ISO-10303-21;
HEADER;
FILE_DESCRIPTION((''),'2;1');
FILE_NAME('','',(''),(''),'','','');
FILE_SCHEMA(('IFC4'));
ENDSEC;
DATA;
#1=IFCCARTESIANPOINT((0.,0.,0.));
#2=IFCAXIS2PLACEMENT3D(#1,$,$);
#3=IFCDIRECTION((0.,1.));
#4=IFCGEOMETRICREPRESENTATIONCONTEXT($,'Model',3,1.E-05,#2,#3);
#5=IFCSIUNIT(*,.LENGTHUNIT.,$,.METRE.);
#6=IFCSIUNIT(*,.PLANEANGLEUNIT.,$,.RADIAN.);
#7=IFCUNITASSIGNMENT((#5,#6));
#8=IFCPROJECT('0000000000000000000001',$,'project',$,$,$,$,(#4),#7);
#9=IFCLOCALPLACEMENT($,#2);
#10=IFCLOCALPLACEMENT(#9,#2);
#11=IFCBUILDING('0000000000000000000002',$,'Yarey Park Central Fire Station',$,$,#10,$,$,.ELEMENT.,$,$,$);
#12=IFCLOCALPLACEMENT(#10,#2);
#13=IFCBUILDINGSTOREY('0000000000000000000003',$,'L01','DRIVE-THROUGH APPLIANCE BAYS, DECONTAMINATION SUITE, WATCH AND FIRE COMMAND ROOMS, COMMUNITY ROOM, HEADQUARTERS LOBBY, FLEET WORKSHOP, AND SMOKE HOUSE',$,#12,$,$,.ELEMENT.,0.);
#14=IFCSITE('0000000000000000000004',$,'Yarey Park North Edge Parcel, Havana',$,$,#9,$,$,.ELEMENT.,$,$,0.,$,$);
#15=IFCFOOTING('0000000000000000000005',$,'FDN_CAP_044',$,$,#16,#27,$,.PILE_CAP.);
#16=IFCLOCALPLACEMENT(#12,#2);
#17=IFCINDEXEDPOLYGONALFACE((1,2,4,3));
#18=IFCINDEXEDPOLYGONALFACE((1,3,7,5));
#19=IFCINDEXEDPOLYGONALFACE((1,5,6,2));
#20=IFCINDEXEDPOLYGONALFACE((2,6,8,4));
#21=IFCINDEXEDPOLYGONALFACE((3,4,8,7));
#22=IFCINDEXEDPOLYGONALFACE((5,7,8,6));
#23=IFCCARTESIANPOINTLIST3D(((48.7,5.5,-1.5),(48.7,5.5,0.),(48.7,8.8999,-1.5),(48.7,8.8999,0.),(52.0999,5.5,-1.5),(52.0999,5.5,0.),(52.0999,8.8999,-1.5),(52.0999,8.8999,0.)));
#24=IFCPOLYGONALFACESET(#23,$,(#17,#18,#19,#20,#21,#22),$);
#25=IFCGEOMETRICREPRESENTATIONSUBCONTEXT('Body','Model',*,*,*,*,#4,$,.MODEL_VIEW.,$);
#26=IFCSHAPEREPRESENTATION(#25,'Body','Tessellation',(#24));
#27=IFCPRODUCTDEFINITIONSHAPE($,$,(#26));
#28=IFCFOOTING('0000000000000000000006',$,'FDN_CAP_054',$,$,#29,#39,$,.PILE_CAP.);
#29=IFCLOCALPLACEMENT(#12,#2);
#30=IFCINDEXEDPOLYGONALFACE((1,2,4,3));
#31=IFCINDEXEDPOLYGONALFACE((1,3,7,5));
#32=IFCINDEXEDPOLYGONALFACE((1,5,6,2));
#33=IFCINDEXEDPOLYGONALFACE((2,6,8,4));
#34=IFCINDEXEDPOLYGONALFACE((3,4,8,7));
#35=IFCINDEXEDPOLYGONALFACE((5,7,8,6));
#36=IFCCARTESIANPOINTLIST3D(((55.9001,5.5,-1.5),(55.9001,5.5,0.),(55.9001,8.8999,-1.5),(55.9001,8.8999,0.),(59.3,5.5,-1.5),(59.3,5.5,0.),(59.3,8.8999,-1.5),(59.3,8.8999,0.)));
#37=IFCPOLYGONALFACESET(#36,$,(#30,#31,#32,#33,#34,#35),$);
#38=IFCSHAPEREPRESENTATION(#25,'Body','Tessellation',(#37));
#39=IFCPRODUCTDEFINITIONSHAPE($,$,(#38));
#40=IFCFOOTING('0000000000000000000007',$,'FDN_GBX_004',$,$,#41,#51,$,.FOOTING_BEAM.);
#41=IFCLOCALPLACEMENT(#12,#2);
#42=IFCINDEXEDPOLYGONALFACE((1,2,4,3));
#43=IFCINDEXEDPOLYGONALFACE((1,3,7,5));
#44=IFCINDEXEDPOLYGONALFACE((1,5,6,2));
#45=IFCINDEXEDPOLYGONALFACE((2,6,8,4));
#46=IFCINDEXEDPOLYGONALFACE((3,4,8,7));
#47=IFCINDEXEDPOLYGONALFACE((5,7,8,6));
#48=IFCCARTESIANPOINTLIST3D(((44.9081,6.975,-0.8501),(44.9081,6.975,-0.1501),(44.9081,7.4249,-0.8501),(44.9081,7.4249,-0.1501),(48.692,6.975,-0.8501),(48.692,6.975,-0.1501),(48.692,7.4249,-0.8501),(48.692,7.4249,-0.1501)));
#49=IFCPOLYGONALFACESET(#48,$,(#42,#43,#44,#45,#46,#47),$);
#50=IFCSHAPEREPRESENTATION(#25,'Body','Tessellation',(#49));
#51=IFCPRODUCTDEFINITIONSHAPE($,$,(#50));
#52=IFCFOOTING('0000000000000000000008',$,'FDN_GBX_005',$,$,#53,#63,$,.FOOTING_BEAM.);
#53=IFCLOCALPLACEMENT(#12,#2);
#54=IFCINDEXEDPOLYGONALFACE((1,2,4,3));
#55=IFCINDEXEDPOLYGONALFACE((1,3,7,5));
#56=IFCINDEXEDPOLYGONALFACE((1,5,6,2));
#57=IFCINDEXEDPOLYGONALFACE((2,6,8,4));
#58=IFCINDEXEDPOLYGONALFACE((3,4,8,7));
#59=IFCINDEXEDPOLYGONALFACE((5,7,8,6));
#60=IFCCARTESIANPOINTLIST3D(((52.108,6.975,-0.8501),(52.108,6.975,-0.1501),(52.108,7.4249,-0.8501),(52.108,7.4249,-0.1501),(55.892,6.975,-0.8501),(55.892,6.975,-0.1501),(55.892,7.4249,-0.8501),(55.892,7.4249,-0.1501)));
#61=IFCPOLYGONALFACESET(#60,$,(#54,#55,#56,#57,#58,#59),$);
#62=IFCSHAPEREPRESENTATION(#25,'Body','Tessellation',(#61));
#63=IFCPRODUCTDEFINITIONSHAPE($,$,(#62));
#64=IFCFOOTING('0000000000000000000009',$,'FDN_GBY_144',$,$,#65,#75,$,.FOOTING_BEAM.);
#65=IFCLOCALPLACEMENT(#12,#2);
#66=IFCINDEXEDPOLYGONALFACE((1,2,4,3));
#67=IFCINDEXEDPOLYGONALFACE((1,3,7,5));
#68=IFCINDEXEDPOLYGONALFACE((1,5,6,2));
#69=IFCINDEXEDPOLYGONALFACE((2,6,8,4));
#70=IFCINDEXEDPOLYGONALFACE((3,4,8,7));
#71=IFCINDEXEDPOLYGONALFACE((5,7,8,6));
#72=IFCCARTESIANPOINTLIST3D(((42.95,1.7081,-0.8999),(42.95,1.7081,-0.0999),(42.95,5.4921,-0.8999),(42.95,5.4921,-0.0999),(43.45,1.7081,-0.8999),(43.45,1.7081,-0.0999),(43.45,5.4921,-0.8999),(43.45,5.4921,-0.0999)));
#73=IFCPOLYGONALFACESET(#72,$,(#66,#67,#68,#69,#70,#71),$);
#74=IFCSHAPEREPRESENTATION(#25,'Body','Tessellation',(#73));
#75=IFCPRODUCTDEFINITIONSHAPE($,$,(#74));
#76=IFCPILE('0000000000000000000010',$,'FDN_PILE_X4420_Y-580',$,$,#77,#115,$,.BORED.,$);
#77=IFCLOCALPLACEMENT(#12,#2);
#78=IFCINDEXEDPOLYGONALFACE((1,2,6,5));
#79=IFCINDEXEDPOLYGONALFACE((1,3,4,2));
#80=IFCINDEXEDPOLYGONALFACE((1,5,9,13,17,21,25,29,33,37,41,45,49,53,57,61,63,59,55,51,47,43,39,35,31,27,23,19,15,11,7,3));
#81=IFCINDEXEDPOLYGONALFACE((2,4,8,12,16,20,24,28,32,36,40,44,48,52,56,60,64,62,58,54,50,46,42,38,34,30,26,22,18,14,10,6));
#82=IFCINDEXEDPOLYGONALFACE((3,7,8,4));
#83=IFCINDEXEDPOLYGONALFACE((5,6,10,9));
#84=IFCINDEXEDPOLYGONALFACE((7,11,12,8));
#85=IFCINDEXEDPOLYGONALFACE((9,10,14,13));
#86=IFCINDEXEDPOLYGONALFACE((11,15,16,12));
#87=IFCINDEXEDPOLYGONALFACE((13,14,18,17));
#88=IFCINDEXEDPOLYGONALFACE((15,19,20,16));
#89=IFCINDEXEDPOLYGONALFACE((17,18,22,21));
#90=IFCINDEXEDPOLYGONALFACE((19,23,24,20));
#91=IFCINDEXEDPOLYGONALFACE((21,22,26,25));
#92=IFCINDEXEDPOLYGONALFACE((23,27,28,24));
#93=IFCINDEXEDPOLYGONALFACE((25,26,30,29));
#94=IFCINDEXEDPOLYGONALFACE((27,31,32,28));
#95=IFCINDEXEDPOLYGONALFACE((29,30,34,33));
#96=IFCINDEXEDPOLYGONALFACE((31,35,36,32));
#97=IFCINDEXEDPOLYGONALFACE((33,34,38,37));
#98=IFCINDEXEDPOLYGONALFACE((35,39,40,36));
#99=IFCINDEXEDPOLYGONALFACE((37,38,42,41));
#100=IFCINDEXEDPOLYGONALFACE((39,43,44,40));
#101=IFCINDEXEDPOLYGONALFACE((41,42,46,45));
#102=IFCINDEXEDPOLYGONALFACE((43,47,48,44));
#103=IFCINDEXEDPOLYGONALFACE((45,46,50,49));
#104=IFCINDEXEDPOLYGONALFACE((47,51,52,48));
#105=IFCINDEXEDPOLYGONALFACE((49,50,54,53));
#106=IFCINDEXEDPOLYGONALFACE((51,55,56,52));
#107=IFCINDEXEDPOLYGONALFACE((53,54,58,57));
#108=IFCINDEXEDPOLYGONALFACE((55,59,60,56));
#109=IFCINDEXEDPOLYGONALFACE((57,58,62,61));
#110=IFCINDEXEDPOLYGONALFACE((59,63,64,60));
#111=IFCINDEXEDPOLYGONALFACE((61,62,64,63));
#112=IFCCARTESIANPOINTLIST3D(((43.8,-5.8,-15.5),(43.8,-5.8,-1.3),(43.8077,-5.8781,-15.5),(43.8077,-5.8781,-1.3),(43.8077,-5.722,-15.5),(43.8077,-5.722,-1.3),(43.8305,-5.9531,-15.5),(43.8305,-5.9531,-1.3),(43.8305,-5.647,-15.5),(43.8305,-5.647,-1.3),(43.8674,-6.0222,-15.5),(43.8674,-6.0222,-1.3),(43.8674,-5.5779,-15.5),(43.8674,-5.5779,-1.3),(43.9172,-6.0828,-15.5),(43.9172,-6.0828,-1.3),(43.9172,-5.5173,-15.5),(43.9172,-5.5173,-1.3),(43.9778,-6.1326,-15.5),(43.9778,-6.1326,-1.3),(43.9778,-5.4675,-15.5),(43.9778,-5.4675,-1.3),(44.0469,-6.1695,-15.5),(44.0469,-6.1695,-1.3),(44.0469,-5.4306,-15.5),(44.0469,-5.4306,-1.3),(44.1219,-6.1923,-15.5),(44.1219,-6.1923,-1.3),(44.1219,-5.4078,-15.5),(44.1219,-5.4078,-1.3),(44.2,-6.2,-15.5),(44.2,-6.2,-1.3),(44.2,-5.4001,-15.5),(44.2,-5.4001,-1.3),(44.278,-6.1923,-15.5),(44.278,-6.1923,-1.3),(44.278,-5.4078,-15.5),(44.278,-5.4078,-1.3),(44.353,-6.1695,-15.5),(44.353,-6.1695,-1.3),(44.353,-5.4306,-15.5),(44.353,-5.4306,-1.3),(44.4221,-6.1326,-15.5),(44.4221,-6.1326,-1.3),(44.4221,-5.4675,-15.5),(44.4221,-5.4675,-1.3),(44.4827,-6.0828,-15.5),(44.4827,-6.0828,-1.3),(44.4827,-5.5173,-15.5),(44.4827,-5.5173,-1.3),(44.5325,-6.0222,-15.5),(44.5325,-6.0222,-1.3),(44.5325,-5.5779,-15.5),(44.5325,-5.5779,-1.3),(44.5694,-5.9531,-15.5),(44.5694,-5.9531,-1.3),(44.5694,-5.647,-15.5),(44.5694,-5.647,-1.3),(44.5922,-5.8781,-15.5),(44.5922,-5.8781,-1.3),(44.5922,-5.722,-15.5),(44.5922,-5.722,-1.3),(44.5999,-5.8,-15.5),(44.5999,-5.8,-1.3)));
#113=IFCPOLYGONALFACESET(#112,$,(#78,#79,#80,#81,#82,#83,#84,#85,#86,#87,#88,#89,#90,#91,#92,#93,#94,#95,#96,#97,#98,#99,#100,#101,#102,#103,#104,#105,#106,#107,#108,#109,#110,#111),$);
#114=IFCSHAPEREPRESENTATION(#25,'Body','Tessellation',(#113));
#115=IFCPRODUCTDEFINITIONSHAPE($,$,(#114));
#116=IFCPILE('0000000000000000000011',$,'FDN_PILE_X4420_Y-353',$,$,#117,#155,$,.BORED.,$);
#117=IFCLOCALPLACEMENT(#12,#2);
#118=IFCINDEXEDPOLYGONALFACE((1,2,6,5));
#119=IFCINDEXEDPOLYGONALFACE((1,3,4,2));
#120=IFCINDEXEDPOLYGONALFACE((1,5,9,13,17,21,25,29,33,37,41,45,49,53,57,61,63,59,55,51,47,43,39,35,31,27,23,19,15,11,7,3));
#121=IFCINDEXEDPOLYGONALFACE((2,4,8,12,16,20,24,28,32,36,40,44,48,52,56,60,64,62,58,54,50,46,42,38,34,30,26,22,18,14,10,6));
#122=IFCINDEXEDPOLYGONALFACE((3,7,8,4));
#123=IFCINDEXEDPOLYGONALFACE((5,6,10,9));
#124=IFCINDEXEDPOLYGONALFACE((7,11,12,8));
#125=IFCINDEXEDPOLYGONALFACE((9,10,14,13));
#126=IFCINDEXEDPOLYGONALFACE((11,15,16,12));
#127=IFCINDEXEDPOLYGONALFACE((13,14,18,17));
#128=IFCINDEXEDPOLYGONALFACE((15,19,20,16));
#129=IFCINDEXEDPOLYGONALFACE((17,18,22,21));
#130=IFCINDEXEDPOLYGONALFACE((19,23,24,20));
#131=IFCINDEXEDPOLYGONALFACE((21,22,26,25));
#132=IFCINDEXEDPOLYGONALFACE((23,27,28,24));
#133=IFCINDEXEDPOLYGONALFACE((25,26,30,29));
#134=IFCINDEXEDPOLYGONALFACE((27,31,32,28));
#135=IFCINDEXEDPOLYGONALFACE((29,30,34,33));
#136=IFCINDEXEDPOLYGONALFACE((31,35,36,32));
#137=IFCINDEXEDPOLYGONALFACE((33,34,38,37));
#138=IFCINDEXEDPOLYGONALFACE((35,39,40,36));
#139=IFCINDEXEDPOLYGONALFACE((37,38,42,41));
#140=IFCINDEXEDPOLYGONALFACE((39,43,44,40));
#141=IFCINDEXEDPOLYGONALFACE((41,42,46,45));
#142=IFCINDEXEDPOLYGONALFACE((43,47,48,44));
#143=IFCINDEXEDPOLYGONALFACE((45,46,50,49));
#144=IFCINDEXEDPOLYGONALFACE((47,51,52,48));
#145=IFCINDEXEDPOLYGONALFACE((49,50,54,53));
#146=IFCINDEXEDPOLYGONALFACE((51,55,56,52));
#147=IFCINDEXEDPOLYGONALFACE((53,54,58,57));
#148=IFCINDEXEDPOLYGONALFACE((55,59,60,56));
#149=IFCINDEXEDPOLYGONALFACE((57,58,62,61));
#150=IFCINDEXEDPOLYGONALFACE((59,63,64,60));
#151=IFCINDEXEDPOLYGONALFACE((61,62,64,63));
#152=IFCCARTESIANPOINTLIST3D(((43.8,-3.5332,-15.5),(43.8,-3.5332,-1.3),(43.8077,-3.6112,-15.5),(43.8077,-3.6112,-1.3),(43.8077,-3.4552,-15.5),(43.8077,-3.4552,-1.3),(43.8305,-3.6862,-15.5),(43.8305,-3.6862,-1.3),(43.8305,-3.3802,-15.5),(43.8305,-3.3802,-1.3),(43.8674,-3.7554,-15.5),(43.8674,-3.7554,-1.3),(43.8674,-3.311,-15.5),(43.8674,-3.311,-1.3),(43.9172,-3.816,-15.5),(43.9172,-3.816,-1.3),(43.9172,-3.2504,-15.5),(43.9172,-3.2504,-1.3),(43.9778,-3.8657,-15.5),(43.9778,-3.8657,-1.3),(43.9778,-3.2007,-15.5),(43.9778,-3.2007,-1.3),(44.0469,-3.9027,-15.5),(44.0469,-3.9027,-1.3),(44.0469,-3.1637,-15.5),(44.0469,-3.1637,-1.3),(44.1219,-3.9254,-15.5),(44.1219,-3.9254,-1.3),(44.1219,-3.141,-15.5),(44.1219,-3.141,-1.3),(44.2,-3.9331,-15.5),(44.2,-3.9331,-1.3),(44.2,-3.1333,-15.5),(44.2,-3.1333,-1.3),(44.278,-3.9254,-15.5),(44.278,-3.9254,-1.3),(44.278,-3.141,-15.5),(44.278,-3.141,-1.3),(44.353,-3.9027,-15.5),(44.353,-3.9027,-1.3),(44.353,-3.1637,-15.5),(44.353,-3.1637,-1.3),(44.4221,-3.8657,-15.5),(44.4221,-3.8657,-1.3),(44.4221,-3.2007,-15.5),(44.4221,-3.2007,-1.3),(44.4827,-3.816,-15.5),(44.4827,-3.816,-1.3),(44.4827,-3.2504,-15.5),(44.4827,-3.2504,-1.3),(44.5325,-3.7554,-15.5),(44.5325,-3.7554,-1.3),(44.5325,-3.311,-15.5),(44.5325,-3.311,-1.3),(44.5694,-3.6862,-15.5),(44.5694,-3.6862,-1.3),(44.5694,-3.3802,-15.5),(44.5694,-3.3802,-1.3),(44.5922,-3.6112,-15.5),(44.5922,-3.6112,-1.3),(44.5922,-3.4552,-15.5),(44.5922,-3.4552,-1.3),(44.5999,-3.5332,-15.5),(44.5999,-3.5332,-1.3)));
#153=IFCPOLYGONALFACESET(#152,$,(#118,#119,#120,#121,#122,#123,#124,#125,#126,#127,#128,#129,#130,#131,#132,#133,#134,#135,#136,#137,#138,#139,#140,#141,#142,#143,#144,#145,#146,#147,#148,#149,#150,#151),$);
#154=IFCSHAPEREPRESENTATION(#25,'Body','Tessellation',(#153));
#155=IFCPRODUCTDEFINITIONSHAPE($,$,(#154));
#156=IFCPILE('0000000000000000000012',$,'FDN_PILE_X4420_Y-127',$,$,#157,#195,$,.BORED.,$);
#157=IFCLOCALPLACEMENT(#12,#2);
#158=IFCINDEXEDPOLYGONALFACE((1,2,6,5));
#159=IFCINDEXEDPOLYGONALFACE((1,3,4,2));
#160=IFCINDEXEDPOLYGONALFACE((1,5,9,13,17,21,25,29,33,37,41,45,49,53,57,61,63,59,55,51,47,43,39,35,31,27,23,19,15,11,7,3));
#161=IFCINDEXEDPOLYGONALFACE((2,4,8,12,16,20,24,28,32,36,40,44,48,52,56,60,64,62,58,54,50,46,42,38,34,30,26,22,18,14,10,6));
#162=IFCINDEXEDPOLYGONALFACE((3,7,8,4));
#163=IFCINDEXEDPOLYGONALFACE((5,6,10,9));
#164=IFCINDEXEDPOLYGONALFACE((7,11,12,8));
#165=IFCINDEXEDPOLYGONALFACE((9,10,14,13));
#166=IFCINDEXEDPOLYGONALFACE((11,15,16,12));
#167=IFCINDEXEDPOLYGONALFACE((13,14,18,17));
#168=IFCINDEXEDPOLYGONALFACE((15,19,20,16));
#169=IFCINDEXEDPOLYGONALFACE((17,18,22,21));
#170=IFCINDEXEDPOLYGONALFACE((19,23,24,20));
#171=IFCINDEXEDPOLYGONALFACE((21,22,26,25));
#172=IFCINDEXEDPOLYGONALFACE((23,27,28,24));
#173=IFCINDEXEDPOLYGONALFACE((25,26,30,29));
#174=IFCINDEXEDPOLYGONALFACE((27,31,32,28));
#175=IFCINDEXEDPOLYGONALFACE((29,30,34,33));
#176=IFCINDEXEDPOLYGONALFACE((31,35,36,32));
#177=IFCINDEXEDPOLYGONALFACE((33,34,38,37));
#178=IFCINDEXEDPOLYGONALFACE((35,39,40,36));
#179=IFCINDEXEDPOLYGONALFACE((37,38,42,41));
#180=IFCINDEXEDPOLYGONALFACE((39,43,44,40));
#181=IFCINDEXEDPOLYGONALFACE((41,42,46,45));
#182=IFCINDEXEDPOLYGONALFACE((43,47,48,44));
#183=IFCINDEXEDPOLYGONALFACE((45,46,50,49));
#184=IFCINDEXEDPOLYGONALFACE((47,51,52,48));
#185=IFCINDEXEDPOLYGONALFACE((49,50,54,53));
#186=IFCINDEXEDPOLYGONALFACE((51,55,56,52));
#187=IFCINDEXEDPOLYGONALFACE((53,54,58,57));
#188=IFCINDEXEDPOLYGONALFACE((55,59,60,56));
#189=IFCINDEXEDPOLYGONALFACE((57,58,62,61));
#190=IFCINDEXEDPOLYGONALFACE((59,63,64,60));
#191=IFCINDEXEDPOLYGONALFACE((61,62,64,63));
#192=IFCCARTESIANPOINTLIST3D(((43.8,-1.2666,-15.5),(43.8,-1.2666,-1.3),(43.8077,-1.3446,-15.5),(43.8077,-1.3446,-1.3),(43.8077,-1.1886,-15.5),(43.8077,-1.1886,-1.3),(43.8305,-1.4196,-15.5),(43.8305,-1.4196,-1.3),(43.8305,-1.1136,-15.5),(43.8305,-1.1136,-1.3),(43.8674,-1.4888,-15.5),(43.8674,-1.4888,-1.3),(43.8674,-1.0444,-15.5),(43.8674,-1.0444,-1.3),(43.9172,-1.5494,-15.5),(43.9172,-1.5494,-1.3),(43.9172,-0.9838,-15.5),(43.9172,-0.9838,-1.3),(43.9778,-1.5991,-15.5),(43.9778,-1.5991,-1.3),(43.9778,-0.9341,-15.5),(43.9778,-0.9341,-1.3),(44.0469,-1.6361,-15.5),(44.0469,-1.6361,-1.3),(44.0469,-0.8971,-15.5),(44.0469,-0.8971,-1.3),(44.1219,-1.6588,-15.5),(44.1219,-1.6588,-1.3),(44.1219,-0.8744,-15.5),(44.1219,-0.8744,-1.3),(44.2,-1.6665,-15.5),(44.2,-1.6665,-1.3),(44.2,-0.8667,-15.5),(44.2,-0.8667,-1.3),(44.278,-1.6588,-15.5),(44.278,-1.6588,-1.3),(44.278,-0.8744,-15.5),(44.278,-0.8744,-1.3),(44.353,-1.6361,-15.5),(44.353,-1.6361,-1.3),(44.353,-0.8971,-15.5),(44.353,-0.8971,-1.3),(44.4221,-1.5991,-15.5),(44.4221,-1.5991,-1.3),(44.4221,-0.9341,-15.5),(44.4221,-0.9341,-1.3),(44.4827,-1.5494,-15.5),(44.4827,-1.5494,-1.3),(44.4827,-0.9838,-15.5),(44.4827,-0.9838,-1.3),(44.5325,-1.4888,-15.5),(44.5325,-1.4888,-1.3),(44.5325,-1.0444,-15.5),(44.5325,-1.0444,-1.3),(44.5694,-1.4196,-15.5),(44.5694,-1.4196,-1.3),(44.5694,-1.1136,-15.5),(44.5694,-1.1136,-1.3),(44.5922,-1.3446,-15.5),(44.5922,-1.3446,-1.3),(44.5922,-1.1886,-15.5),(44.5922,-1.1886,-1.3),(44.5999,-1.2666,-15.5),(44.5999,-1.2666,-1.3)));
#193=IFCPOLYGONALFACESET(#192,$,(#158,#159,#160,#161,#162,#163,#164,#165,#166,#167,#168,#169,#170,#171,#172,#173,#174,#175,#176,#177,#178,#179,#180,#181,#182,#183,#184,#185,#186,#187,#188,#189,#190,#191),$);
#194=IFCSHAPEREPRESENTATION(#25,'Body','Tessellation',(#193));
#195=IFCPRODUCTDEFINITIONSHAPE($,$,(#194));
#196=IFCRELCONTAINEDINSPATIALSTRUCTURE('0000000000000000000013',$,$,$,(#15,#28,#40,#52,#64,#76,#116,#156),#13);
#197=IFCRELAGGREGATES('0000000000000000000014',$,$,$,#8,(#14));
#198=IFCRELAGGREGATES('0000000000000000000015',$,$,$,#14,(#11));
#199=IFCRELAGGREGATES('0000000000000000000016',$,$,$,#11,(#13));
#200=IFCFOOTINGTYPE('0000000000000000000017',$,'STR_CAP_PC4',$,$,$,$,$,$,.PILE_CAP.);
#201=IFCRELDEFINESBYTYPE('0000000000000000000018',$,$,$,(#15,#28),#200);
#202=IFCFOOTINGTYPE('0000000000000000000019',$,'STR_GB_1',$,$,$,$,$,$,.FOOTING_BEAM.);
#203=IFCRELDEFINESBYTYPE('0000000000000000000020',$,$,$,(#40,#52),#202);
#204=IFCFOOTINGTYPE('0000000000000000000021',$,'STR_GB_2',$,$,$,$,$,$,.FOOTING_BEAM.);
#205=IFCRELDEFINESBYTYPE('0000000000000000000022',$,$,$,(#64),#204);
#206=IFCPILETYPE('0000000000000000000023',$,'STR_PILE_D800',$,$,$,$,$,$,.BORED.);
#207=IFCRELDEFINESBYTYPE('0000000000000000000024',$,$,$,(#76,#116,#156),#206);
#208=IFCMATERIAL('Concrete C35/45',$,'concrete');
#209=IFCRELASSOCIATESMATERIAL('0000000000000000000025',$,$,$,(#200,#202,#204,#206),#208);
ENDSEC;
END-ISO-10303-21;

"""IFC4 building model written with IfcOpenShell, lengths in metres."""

from ifc_helpers import new_model, si_unit, direction, frame, origin, origin_2d, place, context, subcontext, project, spatial, rectangle, circle, extrude, material, material_profile, profile_set, type_object, element, save


model = new_model("IFC4")

# Units and contexts
model_context = context("Model", 3, precision=1e-05, world=origin(), true_north=direction((0.0, 1.0)))
body_context = subcontext(model_context, "Body", "Model", "MODEL_VIEW")
ifc_project = project(units=[si_unit("LENGTHUNIT", "METRE"), si_unit("PLANEANGLEUNIT", "RADIAN")], contexts=[model_context])

# Site, building, storey
site_placement = place(None, origin())
site = spatial("IfcSite", under=ifc_project, at=site_placement, Name="Yarey Park North Edge Parcel, Havana", CompositionType="ELEMENT", RefElevation=0.0)
building_placement = place(site_placement, origin())
building = spatial("IfcBuilding", under=site, at=building_placement, Name="Yarey Park Central Fire Station", CompositionType="ELEMENT")
storey_placement = place(building_placement, origin())
storey = spatial("IfcBuildingStorey", under=building, at=storey_placement, Name="L01", Description="DRIVE-THROUGH APPLIANCE BAYS, DECONTAMINATION SUITE, WATCH AND FIRE COMMAND ROOMS, COMMUNITY ROOM, HEADQUARTERS LOBBY, FLEET WORKSHOP, AND SMOKE HOUSE", CompositionType="ELEMENT", Elevation=0.0)

# Footings
ifc_material_1 = material(Name="Concrete C35/45", Category="concrete")
footing_type_1 = type_object("IfcFootingType", Name="STR_CAP_PC4", PredefinedType="PILE_CAP", material=ifc_material_1)
for number, where, z_axis, x_axis, name in (
    (1, (50.3999, 7.2, -1.5), (0.0, 0.0, 1.0), (1.0, 0.0, 0.0), "FDN_CAP_044"),
    (2, (57.6001, 7.2, -1.5), (0.0, 0.0, 1.0), (1.0, 0.0, 0.0), "FDN_CAP_054"),
):
    element("IfcFooting", number, at=place(storey_placement, frame(where, z_axis=z_axis, x_axis=x_axis)), inside=storey, type_object=footing_type_1, Name=name, PredefinedType="PILE_CAP", context=body_context, shape_type="SweptSolid", body=[
        extrude(rectangle(XDim=3.3999, YDim=3.3999, at=origin_2d()), origin(), (0.0, 0.0, 1.0), 1.5),
    ])
footing_type_2 = type_object("IfcFootingType", Name="STR_GB_1", PredefinedType="FOOTING_BEAM", material=ifc_material_1)
for number, where, z_axis, x_axis, name in (
    (3, (46.8, 7.2, -0.8501), (0.0, 0.0, 1.0), (1.0, 0.0, 0.0), "FDN_GBX_004"),
    (4, (54.0, 7.2, -0.8501), (0.0, 0.0, 1.0), (1.0, 0.0, 0.0), "FDN_GBX_005"),
):
    element("IfcFooting", number, at=place(storey_placement, frame(where, z_axis=z_axis, x_axis=x_axis)), inside=storey, type_object=footing_type_2, Name=name, PredefinedType="FOOTING_BEAM", context=body_context, shape_type="SweptSolid", body=[
        extrude(rectangle(XDim=3.7839, YDim=0.45, at=origin_2d()), origin(), (0.0, 0.0, 1.0), 0.7),
    ])
footing_type_3 = type_object("IfcFootingType", Name="STR_GB_2", PredefinedType="FOOTING_BEAM", material=ifc_material_1)
footing_placement = place(storey_placement, frame((43.2, 3.6001, -0.8999), z_axis=(0.0, 0.0, 1.0), x_axis=(1.0, 0.0, 0.0)))
element("IfcFooting", 5, at=footing_placement, inside=storey, type_object=footing_type_3, Name="FDN_GBY_144", PredefinedType="FOOTING_BEAM", context=body_context, shape_type="SweptSolid", body=[
    extrude(rectangle(XDim=0.5, YDim=3.7839, at=origin_2d()), origin(), (0.0, 0.0, 1.0), 0.8),
])

# Piles
ifc_material_profile_1 = material_profile(ifc_material_1, circle(Radius=0.3999, at=origin_2d()), Name="BORED PILE D800")
ifc_profile_set_1 = profile_set([ifc_material_profile_1], Name="Concrete C35/45")
pile_type = type_object("IfcPileType", Name="STR_PILE_D800", PredefinedType="BORED", material=ifc_profile_set_1)
for number, where, z_axis, x_axis, name in (
    (6, (44.2, -5.8, -1.3), (0.0, 0.0, -1.0), (1.0, 0.0, 0.0), "FDN_PILE_X4420_Y-580"),
    (7, (44.2, -3.5332, -1.3), (0.0, 0.0, -1.0), (1.0, 0.0, 0.0), "FDN_PILE_X4420_Y-353"),
    (8, (44.2, -1.2666, -1.3), (0.0, 0.0, -1.0), (1.0, 0.0, 0.0), "FDN_PILE_X4420_Y-127"),
):
    element("IfcPile", number, at=place(storey_placement, frame(where, z_axis=z_axis, x_axis=x_axis)), inside=storey, type_object=pile_type, Name=name, PredefinedType="BORED", context=body_context, shape_type="SweptSolid", body=[
        extrude(circle(Radius=0.3999, at=origin_2d()), origin(), (0.0, 0.0, 1.0), 14.2),
    ])

save(model, "model.ifc")
